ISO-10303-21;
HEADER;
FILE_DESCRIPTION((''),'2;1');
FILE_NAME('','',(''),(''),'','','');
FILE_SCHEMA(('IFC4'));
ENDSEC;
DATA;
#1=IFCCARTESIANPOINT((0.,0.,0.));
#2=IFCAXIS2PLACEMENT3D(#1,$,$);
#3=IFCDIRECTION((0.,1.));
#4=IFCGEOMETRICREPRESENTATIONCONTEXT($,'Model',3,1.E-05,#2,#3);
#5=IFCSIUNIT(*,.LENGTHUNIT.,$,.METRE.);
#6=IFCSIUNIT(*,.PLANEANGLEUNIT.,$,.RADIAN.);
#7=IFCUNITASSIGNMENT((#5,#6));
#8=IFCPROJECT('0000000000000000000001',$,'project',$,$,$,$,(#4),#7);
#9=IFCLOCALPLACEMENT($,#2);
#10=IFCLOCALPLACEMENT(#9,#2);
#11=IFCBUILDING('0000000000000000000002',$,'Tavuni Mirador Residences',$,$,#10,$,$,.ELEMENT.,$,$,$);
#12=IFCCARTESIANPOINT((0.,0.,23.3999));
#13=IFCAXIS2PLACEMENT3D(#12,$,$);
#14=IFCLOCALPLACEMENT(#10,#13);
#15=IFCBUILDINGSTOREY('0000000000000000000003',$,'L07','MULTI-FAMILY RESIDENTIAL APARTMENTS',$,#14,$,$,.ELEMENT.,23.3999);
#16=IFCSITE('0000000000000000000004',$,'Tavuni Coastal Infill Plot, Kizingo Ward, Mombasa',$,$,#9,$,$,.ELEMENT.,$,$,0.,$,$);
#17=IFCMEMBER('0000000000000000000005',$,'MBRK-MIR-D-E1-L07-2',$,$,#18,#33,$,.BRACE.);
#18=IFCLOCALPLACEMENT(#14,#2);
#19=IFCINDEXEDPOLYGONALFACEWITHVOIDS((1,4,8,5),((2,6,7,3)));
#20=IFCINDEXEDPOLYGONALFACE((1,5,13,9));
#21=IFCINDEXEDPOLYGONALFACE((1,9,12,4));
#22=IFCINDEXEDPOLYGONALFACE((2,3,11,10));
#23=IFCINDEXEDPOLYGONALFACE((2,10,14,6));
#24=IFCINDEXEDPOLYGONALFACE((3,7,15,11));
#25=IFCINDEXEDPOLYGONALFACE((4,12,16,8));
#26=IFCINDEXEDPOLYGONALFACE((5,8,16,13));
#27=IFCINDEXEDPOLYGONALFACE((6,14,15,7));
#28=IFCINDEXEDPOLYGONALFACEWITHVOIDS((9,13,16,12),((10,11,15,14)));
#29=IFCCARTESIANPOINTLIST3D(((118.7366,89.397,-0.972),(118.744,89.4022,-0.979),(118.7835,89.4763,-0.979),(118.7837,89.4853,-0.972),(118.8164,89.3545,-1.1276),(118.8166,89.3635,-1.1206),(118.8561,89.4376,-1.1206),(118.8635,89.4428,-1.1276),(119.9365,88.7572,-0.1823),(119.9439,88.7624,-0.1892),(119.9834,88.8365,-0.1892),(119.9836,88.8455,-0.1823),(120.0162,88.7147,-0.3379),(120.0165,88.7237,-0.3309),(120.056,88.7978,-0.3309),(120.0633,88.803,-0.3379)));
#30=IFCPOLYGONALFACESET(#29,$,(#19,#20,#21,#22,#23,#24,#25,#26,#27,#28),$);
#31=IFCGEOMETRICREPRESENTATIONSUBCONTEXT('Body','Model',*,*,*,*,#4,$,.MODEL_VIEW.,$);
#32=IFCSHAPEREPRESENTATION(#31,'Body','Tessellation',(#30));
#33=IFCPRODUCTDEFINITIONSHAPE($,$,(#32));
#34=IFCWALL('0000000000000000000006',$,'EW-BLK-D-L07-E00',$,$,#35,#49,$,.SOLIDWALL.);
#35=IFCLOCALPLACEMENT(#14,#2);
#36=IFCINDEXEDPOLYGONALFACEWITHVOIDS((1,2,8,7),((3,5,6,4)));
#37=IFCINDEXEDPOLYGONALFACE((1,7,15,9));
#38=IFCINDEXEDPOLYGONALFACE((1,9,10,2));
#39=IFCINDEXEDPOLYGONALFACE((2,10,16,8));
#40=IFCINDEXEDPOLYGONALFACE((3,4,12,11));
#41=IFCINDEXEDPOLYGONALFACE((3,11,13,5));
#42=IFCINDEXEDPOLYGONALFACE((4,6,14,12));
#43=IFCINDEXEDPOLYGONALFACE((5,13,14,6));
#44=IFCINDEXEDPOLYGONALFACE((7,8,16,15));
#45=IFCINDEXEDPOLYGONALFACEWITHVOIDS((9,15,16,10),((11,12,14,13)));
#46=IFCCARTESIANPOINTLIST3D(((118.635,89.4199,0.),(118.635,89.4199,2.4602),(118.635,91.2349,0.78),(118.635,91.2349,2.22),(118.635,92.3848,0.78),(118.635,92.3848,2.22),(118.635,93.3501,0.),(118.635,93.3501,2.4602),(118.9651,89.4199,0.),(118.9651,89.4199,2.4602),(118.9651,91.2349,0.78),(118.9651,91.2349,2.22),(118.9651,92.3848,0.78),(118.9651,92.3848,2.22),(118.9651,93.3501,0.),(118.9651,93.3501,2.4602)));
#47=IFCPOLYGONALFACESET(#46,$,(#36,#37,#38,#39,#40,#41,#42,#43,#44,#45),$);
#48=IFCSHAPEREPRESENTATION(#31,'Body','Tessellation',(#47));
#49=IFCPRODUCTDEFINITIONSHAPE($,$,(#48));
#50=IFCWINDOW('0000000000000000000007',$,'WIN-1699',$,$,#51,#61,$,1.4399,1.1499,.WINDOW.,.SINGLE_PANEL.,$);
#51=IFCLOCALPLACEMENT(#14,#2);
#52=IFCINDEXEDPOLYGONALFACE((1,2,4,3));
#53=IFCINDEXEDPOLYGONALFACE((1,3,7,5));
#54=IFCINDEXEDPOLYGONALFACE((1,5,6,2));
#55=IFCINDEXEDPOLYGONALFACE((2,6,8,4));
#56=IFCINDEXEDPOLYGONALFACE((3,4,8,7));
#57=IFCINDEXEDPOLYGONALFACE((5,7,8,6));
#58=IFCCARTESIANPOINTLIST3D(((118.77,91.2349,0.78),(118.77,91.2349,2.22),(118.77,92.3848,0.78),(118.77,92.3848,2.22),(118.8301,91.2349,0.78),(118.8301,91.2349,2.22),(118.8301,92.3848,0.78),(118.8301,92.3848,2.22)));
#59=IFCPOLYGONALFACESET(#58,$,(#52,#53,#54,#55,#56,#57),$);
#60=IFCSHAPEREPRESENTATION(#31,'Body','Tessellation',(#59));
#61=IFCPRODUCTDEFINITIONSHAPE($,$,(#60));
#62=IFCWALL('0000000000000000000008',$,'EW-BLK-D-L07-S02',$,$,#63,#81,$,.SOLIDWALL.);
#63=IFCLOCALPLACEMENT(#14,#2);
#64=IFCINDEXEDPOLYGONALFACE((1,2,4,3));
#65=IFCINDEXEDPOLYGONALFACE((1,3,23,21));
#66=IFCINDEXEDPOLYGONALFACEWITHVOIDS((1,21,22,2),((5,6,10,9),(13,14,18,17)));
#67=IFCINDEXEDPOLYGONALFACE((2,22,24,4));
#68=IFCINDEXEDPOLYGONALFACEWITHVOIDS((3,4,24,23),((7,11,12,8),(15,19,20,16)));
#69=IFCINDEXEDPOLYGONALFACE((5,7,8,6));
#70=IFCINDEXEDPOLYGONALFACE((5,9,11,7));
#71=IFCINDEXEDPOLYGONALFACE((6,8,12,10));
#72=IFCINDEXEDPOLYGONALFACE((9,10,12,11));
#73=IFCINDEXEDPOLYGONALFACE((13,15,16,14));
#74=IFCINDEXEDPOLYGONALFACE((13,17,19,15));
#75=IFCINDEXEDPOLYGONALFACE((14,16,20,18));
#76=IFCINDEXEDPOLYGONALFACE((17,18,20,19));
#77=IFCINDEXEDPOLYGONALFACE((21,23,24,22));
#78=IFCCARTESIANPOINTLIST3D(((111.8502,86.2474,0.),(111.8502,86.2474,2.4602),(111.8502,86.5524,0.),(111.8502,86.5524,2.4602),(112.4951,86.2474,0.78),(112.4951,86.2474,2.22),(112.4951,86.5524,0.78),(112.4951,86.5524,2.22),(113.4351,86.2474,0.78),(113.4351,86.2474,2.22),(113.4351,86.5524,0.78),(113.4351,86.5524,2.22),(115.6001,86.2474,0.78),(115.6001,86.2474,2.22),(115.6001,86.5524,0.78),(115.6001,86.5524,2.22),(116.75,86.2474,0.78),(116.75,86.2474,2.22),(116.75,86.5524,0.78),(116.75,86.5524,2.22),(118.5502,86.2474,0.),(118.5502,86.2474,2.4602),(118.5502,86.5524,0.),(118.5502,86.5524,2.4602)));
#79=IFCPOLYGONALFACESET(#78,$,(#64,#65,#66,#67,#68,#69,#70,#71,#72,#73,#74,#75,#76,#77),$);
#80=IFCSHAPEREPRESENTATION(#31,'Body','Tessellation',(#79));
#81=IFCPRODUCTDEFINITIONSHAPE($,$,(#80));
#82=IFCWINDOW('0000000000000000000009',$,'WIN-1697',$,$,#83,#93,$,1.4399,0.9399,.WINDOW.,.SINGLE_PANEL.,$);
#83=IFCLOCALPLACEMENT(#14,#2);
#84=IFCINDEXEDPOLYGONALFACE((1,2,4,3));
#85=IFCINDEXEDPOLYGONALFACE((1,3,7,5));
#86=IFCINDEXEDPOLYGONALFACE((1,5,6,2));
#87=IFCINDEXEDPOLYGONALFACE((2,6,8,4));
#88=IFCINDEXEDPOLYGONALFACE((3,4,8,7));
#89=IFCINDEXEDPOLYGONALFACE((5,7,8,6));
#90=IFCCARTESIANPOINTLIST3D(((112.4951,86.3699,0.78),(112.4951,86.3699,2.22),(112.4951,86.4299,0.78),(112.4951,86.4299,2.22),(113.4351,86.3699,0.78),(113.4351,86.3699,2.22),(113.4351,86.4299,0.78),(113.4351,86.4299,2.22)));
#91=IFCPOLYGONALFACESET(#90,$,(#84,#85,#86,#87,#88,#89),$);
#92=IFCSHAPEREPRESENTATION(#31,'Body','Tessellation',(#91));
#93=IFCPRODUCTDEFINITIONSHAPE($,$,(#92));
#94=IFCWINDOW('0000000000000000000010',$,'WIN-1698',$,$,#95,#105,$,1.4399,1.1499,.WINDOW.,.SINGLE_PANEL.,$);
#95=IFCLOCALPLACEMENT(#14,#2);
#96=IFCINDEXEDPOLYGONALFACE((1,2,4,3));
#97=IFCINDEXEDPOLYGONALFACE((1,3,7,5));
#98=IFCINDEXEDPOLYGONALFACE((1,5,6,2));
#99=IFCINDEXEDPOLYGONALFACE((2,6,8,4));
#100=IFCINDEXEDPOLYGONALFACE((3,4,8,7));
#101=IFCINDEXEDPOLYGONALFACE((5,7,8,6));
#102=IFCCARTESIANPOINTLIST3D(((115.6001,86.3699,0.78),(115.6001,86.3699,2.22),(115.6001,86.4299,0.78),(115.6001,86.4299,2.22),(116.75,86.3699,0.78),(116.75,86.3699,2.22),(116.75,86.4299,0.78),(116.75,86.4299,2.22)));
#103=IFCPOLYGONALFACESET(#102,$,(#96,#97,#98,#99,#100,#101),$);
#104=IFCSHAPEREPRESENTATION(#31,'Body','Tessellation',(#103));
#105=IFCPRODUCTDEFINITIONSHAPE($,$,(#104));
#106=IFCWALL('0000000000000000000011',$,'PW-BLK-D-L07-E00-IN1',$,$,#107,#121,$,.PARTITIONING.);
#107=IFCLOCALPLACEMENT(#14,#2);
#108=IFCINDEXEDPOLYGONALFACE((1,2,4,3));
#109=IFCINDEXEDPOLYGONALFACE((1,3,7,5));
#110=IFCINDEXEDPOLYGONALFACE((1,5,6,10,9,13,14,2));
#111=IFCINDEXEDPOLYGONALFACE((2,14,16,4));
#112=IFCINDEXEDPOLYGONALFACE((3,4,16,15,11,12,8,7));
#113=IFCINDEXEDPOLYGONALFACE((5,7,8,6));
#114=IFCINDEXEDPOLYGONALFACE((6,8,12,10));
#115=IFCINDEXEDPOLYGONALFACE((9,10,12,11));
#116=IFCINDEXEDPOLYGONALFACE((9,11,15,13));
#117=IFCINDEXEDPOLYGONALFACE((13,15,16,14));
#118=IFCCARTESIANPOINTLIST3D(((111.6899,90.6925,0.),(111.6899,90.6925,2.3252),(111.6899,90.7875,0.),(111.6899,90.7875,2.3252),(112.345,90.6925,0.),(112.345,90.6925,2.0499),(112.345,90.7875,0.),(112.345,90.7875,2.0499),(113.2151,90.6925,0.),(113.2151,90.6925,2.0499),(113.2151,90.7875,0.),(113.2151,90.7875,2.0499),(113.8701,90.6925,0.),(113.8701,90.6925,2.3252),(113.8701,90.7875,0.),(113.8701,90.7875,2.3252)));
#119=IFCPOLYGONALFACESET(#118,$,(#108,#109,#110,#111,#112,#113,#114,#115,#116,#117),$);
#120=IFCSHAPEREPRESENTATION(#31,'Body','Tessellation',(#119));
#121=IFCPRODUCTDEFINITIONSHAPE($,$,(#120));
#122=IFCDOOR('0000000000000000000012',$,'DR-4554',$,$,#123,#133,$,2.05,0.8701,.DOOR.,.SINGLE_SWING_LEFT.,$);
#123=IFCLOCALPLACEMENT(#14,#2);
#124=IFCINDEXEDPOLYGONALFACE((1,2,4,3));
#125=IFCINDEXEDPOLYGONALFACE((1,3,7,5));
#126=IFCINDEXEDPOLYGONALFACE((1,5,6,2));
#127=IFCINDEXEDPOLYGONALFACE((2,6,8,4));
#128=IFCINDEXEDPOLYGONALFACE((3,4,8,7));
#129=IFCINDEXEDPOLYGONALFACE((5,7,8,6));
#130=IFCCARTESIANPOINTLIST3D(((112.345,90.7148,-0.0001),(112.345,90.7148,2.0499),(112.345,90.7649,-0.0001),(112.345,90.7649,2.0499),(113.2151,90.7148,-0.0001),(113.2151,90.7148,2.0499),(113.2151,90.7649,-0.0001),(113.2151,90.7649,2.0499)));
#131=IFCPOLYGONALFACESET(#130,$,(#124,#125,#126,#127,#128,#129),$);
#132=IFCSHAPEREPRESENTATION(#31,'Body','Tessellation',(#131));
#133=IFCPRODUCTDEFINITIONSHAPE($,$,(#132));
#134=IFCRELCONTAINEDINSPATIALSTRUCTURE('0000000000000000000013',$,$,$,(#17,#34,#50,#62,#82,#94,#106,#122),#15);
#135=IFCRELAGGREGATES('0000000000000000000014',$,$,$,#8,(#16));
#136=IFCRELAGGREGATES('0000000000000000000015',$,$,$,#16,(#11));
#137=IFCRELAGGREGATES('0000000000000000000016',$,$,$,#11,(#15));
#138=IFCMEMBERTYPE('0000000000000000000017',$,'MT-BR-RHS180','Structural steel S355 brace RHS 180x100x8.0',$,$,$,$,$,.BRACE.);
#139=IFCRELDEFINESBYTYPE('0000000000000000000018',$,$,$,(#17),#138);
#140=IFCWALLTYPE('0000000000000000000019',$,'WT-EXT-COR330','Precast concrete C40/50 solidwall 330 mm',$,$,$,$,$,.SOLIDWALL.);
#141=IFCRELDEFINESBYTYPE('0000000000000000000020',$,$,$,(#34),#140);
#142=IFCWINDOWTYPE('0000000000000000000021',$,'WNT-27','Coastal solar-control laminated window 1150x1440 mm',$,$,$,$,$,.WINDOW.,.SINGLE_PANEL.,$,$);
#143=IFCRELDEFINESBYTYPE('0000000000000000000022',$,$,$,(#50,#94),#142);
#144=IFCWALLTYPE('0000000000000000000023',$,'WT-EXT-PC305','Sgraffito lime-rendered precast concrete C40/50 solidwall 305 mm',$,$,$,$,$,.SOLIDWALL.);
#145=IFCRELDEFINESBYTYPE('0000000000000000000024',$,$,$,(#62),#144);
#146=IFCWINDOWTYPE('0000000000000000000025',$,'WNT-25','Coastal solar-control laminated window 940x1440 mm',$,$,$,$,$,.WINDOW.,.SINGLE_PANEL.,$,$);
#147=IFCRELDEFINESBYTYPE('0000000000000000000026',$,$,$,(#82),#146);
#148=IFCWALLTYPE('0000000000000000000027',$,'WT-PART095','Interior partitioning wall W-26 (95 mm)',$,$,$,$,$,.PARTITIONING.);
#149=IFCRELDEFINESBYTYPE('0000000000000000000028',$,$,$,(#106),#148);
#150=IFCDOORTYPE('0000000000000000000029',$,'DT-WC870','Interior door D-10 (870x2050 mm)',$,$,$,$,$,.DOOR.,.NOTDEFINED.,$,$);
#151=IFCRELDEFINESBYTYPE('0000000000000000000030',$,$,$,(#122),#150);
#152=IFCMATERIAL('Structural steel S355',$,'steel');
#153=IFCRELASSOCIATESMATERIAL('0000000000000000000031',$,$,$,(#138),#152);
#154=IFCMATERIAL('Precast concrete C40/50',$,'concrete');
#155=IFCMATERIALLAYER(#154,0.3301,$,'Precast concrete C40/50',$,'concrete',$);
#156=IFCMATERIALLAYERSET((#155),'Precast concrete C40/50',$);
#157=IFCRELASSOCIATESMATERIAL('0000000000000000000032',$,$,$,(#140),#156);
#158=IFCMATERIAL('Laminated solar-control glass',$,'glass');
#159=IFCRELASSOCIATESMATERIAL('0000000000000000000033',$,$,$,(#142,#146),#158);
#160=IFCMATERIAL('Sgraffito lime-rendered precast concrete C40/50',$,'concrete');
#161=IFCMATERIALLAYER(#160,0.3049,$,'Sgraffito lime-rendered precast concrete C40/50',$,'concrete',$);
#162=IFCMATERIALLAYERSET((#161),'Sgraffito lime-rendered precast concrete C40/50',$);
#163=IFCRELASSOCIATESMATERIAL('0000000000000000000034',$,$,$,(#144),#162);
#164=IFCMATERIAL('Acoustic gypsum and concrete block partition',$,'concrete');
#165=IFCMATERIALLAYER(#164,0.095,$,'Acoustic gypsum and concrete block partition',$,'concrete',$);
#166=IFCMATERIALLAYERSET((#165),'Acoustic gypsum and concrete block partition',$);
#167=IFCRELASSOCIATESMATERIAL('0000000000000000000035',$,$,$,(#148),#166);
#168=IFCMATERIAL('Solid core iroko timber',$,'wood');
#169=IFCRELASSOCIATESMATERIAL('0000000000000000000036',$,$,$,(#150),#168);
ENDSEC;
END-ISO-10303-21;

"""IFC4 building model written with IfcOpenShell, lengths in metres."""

from ifc_helpers import new_model, si_unit, direction, frame, frame_2d, origin, origin_2d, place, context, subcontext, project, spatial, rectangle, hollow_rectangle, extrude, material, layer, layer_set, material_profile, profile_set, type_object, element, fill, save


model = new_model("IFC4")

# Units and contexts
model_context = context("Model", 3, precision=1e-05, world=origin(), true_north=direction((0.0, 1.0)))
body_context = subcontext(model_context, "Body", "Model", "MODEL_VIEW")
ifc_project = project(units=[si_unit("LENGTHUNIT", "METRE"), si_unit("PLANEANGLEUNIT", "RADIAN")], contexts=[model_context])

# Site, building, storey
site_placement = place(None, origin())
site = spatial("IfcSite", under=ifc_project, at=site_placement, Name="Tavuni Coastal Infill Plot, Kizingo Ward, Mombasa", CompositionType="ELEMENT", RefElevation=0.0)
building_placement = place(site_placement, origin())
building = spatial("IfcBuilding", under=site, at=building_placement, Name="Tavuni Mirador Residences", CompositionType="ELEMENT")
storey_placement = place(building_placement, frame((0.0, 0.0, 23.3999)))
storey = spatial("IfcBuildingStorey", under=building, at=storey_placement, Name="L07", Description="MULTI-FAMILY RESIDENTIAL APARTMENTS", CompositionType="ELEMENT", Elevation=23.3999)

# Shared definitions
ifc_material_1 = material(Name="Precast concrete C40/50", Category="concrete")

# Member
ifc_material_2 = material(Name="Structural steel S355", Category="steel")
ifc_material_profile_1 = material_profile(ifc_material_2, hollow_rectangle(XDim=0.1001, YDim=0.1799, WallThickness=0.0081, at=origin_2d()), Name="RHS 180x100x8.0", Category="steel")
ifc_profile_set_1 = profile_set([ifc_material_profile_1], Name="Structural steel S355")
member_type_1 = type_object("IfcMemberType", Name="MT-BR-RHS180", Description="Structural steel S355 brace RHS 180x100x8.0", PredefinedType="BRACE", material=ifc_profile_set_1)
member_1_placement = place(storey_placement, frame((118.8, 89.4199, -1.0498), z_axis=(0.763029, -0.406897, 0.502217), x_axis=(0.470542, 0.882378, 0.0)))
element("IfcMember", 1, at=member_1_placement, inside=storey, type_object=member_type_1, Name="MBRK-MIR-D-E1-L07-2", PredefinedType="BRACE", context=body_context, shape_type="SweptSolid", body=[
    extrude(hollow_rectangle(XDim=0.1001, YDim=0.1799, WallThickness=0.0081, at=origin_2d()), origin(), (0.0, 0.0, 1.0), 1.5725),
])

# Shared definitions
ifc_material_3 = material(Name="Solid core iroko timber", Category="wood")

# Wall, opening, window
ifc_layer_1 = layer(ifc_material_1, 0.3301, Name="Precast concrete C40/50", Category="concrete")
ifc_layer_set_1 = layer_set([ifc_layer_1], Name="Precast concrete C40/50")
wall_type_1 = type_object("IfcWallType", Name="WT-EXT-COR330", Description="Precast concrete C40/50 solidwall 330 mm", PredefinedType="SOLIDWALL", material=ifc_layer_set_1)
wall_1_placement = place(storey_placement, frame((118.8, 89.4199, 0.0), z_axis=(0.0, 0.0, 1.0), x_axis=(0.0, 1.0, 0.0)))
wall_1 = element("IfcWall", 2, at=wall_1_placement, inside=storey, type_object=wall_type_1, Name="EW-BLK-D-L07-E00", PredefinedType="SOLIDWALL", context=body_context, shape_type="SweptSolid", body=[
    extrude(rectangle(XDim=3.9302, YDim=0.3301, at=frame_2d((1.9651, 0.0))), origin(), (0.0, 0.0, 1.0), 2.4602),
])
opening_1_placement = place(wall_1_placement, frame((1.8149, 0.0, 0.78)))
opening_1 = element("IfcOpeningElement", 3, at=opening_1_placement, cuts=wall_1, PredefinedType="OPENING", context=body_context, shape_type="SweptSolid", body=[
    extrude(rectangle(XDim=1.1499, YDim=1.4399, at=frame_2d((0.575, 0.72))), frame((0.0, 0.175, 0.0), z_axis=(0.0, -1.0, 0.0), x_axis=(1.0, 0.0, 0.0)), (0.0, 0.0, 1.0), 0.3501),
])
ifc_material_4 = material(Name="Laminated solar-control glass", Category="glass")
window_type_1 = type_object("IfcWindowType", Name="WNT-27", Description="Coastal solar-control laminated window 1150x1440 mm", PartitioningType="SINGLE_PANEL", PredefinedType="WINDOW", material=ifc_material_4)
window_1_placement = place(opening_1_placement, origin())
window_1 = element("IfcWindow", 4, at=window_1_placement, inside=storey, type_object=window_type_1, Name="WIN-1699", OverallHeight=1.4399, OverallWidth=1.1499, PartitioningType="SINGLE_PANEL", PredefinedType="WINDOW", context=body_context, shape_type="SweptSolid", body=[
    extrude(rectangle(XDim=1.1499, YDim=1.4399, at=frame_2d((0.575, 0.72))), frame((0.0, 0.03, 0.0), z_axis=(0.0, -1.0, 0.0), x_axis=(1.0, 0.0, 0.0)), (0.0, 0.0, 1.0), 0.0601),
])
fill(opening_1, window_1)

# Wall, openings, windows
ifc_material_5 = material(Name="Sgraffito lime-rendered precast concrete C40/50", Category="concrete")
ifc_layer_2 = layer(ifc_material_5, 0.3049, Name="Sgraffito lime-rendered precast concrete C40/50", Category="concrete")
ifc_layer_set_2 = layer_set([ifc_layer_2], Name="Sgraffito lime-rendered precast concrete C40/50")
wall_type_2 = type_object("IfcWallType", Name="WT-EXT-PC305", Description="Sgraffito lime-rendered precast concrete C40/50 solidwall 305 mm", PredefinedType="SOLIDWALL", material=ifc_layer_set_2)
wall_2_placement = place(storey_placement, frame((111.8501, 86.3999, 0.0), z_axis=(0.0, 0.0, 1.0), x_axis=(1.0, 0.0, 0.0)))
wall_2 = element("IfcWall", 5, at=wall_2_placement, inside=storey, type_object=wall_type_2, Name="EW-BLK-D-L07-S02", PredefinedType="SOLIDWALL", context=body_context, shape_type="SweptSolid", body=[
    extrude(rectangle(XDim=6.7, YDim=0.3049, at=frame_2d((3.3501, 0.0))), origin(), (0.0, 0.0, 1.0), 2.4602),
])
opening_2_placement = place(wall_2_placement, frame((0.645, 0.0, 0.78)))
opening_2 = element("IfcOpeningElement", 6, at=opening_2_placement, cuts=wall_2, PredefinedType="OPENING", context=body_context, shape_type="SweptSolid", body=[
    extrude(rectangle(XDim=0.9399, YDim=1.4399, at=frame_2d((0.47, 0.72))), frame((0.0, 0.1626, 0.0), z_axis=(0.0, -1.0, 0.0), x_axis=(1.0, 0.0, 0.0)), (0.0, 0.0, 1.0), 0.325),
])
opening_3_placement = place(wall_2_placement, frame((3.75, 0.0, 0.78)))
opening_3 = element("IfcOpeningElement", 7, at=opening_3_placement, cuts=wall_2, PredefinedType="OPENING", context=body_context, shape_type="SweptSolid", body=[
    extrude(rectangle(XDim=1.1499, YDim=1.4399, at=frame_2d((0.575, 0.72))), frame((0.0, 0.1626, 0.0), z_axis=(0.0, -1.0, 0.0), x_axis=(1.0, 0.0, 0.0)), (0.0, 0.0, 1.0), 0.325),
])
window_type_2 = type_object("IfcWindowType", Name="WNT-25", Description="Coastal solar-control laminated window 940x1440 mm", PartitioningType="SINGLE_PANEL", PredefinedType="WINDOW", material=ifc_material_4)
window_2_placement = place(opening_2_placement, origin())
window_2 = element("IfcWindow", 8, at=window_2_placement, inside=storey, type_object=window_type_2, Name="WIN-1697", OverallHeight=1.4399, OverallWidth=0.9399, PartitioningType="SINGLE_PANEL", PredefinedType="WINDOW", context=body_context, shape_type="SweptSolid", body=[
    extrude(rectangle(XDim=0.9399, YDim=1.4399, at=frame_2d((0.47, 0.72))), frame((0.0, 0.03, 0.0), z_axis=(0.0, -1.0, 0.0), x_axis=(1.0, 0.0, 0.0)), (0.0, 0.0, 1.0), 0.0601),
])
fill(opening_2, window_2)
window_3_placement = place(opening_3_placement, origin())
window_3 = element("IfcWindow", 9, at=window_3_placement, inside=storey, type_object=window_type_1, Name="WIN-1698", OverallHeight=1.4399, OverallWidth=1.1499, PartitioningType="SINGLE_PANEL", PredefinedType="WINDOW", context=body_context, shape_type="SweptSolid", body=[
    extrude(rectangle(XDim=1.1499, YDim=1.4399, at=frame_2d((0.575, 0.72))), frame((0.0, 0.03, 0.0), z_axis=(0.0, -1.0, 0.0), x_axis=(1.0, 0.0, 0.0)), (0.0, 0.0, 1.0), 0.0601),
])
fill(opening_3, window_3)

# Wall, opening, door
ifc_material_6 = material(Name="Acoustic gypsum and concrete block partition", Category="concrete")
ifc_layer_3 = layer(ifc_material_6, 0.095, Name="Acoustic gypsum and concrete block partition", Category="concrete")
ifc_layer_set_3 = layer_set([ifc_layer_3], Name="Acoustic gypsum and concrete block partition")
wall_type_3 = type_object("IfcWallType", Name="WT-PART095", Description="Interior partitioning wall W-26 (95 mm)", PredefinedType="PARTITIONING", material=ifc_layer_set_3)
wall_3_placement = place(storey_placement, frame((111.6899, 90.74, 0.0), z_axis=(0.0, 0.0, 1.0), x_axis=(1.0, 0.0, 0.0)))
wall_3 = element("IfcWall", 10, at=wall_3_placement, inside=storey, type_object=wall_type_3, Name="PW-BLK-D-L07-E00-IN1", PredefinedType="PARTITIONING", context=body_context, shape_type="SweptSolid", body=[
    extrude(rectangle(XDim=2.1802, YDim=0.095, at=frame_2d((1.0901, 0.0))), origin(), (0.0, 0.0, 1.0), 2.3252),
])
opening_4_placement = place(wall_3_placement, frame((0.655, 0.0, 0.0)))
opening_4 = element("IfcOpeningElement", 11, at=opening_4_placement, cuts=wall_3, PredefinedType="OPENING", context=body_context, shape_type="SweptSolid", body=[
    extrude(rectangle(XDim=0.8701, YDim=2.05, at=frame_2d((0.4351, 1.0249))), frame((0.0, 0.0576, 0.0), z_axis=(0.0, -1.0, 0.0), x_axis=(1.0, 0.0, 0.0)), (0.0, 0.0, 1.0), 0.115),
])
door_type_1 = type_object("IfcDoorType", Name="DT-WC870", Description="Interior door D-10 (870x2050 mm)", OperationType="NOTDEFINED", PredefinedType="DOOR", material=ifc_material_3)
door_1_placement = place(opening_4_placement, origin())
door_1 = element("IfcDoor", 12, at=door_1_placement, inside=storey, type_object=door_type_1, Name="DR-4554", OperationType="SINGLE_SWING_LEFT", OverallHeight=2.05, OverallWidth=0.8701, PredefinedType="DOOR", context=body_context, shape_type="SweptSolid", body=[
    extrude(rectangle(XDim=0.8701, YDim=2.05, at=frame_2d((0.4351, 1.0249))), frame((0.0, 0.0249, 0.0), z_axis=(0.0, -1.0, 0.0), x_axis=(1.0, 0.0, 0.0)), (0.0, 0.0, 1.0), 0.05),
])
fill(opening_4, door_1)

save(model, "model.ifc")
